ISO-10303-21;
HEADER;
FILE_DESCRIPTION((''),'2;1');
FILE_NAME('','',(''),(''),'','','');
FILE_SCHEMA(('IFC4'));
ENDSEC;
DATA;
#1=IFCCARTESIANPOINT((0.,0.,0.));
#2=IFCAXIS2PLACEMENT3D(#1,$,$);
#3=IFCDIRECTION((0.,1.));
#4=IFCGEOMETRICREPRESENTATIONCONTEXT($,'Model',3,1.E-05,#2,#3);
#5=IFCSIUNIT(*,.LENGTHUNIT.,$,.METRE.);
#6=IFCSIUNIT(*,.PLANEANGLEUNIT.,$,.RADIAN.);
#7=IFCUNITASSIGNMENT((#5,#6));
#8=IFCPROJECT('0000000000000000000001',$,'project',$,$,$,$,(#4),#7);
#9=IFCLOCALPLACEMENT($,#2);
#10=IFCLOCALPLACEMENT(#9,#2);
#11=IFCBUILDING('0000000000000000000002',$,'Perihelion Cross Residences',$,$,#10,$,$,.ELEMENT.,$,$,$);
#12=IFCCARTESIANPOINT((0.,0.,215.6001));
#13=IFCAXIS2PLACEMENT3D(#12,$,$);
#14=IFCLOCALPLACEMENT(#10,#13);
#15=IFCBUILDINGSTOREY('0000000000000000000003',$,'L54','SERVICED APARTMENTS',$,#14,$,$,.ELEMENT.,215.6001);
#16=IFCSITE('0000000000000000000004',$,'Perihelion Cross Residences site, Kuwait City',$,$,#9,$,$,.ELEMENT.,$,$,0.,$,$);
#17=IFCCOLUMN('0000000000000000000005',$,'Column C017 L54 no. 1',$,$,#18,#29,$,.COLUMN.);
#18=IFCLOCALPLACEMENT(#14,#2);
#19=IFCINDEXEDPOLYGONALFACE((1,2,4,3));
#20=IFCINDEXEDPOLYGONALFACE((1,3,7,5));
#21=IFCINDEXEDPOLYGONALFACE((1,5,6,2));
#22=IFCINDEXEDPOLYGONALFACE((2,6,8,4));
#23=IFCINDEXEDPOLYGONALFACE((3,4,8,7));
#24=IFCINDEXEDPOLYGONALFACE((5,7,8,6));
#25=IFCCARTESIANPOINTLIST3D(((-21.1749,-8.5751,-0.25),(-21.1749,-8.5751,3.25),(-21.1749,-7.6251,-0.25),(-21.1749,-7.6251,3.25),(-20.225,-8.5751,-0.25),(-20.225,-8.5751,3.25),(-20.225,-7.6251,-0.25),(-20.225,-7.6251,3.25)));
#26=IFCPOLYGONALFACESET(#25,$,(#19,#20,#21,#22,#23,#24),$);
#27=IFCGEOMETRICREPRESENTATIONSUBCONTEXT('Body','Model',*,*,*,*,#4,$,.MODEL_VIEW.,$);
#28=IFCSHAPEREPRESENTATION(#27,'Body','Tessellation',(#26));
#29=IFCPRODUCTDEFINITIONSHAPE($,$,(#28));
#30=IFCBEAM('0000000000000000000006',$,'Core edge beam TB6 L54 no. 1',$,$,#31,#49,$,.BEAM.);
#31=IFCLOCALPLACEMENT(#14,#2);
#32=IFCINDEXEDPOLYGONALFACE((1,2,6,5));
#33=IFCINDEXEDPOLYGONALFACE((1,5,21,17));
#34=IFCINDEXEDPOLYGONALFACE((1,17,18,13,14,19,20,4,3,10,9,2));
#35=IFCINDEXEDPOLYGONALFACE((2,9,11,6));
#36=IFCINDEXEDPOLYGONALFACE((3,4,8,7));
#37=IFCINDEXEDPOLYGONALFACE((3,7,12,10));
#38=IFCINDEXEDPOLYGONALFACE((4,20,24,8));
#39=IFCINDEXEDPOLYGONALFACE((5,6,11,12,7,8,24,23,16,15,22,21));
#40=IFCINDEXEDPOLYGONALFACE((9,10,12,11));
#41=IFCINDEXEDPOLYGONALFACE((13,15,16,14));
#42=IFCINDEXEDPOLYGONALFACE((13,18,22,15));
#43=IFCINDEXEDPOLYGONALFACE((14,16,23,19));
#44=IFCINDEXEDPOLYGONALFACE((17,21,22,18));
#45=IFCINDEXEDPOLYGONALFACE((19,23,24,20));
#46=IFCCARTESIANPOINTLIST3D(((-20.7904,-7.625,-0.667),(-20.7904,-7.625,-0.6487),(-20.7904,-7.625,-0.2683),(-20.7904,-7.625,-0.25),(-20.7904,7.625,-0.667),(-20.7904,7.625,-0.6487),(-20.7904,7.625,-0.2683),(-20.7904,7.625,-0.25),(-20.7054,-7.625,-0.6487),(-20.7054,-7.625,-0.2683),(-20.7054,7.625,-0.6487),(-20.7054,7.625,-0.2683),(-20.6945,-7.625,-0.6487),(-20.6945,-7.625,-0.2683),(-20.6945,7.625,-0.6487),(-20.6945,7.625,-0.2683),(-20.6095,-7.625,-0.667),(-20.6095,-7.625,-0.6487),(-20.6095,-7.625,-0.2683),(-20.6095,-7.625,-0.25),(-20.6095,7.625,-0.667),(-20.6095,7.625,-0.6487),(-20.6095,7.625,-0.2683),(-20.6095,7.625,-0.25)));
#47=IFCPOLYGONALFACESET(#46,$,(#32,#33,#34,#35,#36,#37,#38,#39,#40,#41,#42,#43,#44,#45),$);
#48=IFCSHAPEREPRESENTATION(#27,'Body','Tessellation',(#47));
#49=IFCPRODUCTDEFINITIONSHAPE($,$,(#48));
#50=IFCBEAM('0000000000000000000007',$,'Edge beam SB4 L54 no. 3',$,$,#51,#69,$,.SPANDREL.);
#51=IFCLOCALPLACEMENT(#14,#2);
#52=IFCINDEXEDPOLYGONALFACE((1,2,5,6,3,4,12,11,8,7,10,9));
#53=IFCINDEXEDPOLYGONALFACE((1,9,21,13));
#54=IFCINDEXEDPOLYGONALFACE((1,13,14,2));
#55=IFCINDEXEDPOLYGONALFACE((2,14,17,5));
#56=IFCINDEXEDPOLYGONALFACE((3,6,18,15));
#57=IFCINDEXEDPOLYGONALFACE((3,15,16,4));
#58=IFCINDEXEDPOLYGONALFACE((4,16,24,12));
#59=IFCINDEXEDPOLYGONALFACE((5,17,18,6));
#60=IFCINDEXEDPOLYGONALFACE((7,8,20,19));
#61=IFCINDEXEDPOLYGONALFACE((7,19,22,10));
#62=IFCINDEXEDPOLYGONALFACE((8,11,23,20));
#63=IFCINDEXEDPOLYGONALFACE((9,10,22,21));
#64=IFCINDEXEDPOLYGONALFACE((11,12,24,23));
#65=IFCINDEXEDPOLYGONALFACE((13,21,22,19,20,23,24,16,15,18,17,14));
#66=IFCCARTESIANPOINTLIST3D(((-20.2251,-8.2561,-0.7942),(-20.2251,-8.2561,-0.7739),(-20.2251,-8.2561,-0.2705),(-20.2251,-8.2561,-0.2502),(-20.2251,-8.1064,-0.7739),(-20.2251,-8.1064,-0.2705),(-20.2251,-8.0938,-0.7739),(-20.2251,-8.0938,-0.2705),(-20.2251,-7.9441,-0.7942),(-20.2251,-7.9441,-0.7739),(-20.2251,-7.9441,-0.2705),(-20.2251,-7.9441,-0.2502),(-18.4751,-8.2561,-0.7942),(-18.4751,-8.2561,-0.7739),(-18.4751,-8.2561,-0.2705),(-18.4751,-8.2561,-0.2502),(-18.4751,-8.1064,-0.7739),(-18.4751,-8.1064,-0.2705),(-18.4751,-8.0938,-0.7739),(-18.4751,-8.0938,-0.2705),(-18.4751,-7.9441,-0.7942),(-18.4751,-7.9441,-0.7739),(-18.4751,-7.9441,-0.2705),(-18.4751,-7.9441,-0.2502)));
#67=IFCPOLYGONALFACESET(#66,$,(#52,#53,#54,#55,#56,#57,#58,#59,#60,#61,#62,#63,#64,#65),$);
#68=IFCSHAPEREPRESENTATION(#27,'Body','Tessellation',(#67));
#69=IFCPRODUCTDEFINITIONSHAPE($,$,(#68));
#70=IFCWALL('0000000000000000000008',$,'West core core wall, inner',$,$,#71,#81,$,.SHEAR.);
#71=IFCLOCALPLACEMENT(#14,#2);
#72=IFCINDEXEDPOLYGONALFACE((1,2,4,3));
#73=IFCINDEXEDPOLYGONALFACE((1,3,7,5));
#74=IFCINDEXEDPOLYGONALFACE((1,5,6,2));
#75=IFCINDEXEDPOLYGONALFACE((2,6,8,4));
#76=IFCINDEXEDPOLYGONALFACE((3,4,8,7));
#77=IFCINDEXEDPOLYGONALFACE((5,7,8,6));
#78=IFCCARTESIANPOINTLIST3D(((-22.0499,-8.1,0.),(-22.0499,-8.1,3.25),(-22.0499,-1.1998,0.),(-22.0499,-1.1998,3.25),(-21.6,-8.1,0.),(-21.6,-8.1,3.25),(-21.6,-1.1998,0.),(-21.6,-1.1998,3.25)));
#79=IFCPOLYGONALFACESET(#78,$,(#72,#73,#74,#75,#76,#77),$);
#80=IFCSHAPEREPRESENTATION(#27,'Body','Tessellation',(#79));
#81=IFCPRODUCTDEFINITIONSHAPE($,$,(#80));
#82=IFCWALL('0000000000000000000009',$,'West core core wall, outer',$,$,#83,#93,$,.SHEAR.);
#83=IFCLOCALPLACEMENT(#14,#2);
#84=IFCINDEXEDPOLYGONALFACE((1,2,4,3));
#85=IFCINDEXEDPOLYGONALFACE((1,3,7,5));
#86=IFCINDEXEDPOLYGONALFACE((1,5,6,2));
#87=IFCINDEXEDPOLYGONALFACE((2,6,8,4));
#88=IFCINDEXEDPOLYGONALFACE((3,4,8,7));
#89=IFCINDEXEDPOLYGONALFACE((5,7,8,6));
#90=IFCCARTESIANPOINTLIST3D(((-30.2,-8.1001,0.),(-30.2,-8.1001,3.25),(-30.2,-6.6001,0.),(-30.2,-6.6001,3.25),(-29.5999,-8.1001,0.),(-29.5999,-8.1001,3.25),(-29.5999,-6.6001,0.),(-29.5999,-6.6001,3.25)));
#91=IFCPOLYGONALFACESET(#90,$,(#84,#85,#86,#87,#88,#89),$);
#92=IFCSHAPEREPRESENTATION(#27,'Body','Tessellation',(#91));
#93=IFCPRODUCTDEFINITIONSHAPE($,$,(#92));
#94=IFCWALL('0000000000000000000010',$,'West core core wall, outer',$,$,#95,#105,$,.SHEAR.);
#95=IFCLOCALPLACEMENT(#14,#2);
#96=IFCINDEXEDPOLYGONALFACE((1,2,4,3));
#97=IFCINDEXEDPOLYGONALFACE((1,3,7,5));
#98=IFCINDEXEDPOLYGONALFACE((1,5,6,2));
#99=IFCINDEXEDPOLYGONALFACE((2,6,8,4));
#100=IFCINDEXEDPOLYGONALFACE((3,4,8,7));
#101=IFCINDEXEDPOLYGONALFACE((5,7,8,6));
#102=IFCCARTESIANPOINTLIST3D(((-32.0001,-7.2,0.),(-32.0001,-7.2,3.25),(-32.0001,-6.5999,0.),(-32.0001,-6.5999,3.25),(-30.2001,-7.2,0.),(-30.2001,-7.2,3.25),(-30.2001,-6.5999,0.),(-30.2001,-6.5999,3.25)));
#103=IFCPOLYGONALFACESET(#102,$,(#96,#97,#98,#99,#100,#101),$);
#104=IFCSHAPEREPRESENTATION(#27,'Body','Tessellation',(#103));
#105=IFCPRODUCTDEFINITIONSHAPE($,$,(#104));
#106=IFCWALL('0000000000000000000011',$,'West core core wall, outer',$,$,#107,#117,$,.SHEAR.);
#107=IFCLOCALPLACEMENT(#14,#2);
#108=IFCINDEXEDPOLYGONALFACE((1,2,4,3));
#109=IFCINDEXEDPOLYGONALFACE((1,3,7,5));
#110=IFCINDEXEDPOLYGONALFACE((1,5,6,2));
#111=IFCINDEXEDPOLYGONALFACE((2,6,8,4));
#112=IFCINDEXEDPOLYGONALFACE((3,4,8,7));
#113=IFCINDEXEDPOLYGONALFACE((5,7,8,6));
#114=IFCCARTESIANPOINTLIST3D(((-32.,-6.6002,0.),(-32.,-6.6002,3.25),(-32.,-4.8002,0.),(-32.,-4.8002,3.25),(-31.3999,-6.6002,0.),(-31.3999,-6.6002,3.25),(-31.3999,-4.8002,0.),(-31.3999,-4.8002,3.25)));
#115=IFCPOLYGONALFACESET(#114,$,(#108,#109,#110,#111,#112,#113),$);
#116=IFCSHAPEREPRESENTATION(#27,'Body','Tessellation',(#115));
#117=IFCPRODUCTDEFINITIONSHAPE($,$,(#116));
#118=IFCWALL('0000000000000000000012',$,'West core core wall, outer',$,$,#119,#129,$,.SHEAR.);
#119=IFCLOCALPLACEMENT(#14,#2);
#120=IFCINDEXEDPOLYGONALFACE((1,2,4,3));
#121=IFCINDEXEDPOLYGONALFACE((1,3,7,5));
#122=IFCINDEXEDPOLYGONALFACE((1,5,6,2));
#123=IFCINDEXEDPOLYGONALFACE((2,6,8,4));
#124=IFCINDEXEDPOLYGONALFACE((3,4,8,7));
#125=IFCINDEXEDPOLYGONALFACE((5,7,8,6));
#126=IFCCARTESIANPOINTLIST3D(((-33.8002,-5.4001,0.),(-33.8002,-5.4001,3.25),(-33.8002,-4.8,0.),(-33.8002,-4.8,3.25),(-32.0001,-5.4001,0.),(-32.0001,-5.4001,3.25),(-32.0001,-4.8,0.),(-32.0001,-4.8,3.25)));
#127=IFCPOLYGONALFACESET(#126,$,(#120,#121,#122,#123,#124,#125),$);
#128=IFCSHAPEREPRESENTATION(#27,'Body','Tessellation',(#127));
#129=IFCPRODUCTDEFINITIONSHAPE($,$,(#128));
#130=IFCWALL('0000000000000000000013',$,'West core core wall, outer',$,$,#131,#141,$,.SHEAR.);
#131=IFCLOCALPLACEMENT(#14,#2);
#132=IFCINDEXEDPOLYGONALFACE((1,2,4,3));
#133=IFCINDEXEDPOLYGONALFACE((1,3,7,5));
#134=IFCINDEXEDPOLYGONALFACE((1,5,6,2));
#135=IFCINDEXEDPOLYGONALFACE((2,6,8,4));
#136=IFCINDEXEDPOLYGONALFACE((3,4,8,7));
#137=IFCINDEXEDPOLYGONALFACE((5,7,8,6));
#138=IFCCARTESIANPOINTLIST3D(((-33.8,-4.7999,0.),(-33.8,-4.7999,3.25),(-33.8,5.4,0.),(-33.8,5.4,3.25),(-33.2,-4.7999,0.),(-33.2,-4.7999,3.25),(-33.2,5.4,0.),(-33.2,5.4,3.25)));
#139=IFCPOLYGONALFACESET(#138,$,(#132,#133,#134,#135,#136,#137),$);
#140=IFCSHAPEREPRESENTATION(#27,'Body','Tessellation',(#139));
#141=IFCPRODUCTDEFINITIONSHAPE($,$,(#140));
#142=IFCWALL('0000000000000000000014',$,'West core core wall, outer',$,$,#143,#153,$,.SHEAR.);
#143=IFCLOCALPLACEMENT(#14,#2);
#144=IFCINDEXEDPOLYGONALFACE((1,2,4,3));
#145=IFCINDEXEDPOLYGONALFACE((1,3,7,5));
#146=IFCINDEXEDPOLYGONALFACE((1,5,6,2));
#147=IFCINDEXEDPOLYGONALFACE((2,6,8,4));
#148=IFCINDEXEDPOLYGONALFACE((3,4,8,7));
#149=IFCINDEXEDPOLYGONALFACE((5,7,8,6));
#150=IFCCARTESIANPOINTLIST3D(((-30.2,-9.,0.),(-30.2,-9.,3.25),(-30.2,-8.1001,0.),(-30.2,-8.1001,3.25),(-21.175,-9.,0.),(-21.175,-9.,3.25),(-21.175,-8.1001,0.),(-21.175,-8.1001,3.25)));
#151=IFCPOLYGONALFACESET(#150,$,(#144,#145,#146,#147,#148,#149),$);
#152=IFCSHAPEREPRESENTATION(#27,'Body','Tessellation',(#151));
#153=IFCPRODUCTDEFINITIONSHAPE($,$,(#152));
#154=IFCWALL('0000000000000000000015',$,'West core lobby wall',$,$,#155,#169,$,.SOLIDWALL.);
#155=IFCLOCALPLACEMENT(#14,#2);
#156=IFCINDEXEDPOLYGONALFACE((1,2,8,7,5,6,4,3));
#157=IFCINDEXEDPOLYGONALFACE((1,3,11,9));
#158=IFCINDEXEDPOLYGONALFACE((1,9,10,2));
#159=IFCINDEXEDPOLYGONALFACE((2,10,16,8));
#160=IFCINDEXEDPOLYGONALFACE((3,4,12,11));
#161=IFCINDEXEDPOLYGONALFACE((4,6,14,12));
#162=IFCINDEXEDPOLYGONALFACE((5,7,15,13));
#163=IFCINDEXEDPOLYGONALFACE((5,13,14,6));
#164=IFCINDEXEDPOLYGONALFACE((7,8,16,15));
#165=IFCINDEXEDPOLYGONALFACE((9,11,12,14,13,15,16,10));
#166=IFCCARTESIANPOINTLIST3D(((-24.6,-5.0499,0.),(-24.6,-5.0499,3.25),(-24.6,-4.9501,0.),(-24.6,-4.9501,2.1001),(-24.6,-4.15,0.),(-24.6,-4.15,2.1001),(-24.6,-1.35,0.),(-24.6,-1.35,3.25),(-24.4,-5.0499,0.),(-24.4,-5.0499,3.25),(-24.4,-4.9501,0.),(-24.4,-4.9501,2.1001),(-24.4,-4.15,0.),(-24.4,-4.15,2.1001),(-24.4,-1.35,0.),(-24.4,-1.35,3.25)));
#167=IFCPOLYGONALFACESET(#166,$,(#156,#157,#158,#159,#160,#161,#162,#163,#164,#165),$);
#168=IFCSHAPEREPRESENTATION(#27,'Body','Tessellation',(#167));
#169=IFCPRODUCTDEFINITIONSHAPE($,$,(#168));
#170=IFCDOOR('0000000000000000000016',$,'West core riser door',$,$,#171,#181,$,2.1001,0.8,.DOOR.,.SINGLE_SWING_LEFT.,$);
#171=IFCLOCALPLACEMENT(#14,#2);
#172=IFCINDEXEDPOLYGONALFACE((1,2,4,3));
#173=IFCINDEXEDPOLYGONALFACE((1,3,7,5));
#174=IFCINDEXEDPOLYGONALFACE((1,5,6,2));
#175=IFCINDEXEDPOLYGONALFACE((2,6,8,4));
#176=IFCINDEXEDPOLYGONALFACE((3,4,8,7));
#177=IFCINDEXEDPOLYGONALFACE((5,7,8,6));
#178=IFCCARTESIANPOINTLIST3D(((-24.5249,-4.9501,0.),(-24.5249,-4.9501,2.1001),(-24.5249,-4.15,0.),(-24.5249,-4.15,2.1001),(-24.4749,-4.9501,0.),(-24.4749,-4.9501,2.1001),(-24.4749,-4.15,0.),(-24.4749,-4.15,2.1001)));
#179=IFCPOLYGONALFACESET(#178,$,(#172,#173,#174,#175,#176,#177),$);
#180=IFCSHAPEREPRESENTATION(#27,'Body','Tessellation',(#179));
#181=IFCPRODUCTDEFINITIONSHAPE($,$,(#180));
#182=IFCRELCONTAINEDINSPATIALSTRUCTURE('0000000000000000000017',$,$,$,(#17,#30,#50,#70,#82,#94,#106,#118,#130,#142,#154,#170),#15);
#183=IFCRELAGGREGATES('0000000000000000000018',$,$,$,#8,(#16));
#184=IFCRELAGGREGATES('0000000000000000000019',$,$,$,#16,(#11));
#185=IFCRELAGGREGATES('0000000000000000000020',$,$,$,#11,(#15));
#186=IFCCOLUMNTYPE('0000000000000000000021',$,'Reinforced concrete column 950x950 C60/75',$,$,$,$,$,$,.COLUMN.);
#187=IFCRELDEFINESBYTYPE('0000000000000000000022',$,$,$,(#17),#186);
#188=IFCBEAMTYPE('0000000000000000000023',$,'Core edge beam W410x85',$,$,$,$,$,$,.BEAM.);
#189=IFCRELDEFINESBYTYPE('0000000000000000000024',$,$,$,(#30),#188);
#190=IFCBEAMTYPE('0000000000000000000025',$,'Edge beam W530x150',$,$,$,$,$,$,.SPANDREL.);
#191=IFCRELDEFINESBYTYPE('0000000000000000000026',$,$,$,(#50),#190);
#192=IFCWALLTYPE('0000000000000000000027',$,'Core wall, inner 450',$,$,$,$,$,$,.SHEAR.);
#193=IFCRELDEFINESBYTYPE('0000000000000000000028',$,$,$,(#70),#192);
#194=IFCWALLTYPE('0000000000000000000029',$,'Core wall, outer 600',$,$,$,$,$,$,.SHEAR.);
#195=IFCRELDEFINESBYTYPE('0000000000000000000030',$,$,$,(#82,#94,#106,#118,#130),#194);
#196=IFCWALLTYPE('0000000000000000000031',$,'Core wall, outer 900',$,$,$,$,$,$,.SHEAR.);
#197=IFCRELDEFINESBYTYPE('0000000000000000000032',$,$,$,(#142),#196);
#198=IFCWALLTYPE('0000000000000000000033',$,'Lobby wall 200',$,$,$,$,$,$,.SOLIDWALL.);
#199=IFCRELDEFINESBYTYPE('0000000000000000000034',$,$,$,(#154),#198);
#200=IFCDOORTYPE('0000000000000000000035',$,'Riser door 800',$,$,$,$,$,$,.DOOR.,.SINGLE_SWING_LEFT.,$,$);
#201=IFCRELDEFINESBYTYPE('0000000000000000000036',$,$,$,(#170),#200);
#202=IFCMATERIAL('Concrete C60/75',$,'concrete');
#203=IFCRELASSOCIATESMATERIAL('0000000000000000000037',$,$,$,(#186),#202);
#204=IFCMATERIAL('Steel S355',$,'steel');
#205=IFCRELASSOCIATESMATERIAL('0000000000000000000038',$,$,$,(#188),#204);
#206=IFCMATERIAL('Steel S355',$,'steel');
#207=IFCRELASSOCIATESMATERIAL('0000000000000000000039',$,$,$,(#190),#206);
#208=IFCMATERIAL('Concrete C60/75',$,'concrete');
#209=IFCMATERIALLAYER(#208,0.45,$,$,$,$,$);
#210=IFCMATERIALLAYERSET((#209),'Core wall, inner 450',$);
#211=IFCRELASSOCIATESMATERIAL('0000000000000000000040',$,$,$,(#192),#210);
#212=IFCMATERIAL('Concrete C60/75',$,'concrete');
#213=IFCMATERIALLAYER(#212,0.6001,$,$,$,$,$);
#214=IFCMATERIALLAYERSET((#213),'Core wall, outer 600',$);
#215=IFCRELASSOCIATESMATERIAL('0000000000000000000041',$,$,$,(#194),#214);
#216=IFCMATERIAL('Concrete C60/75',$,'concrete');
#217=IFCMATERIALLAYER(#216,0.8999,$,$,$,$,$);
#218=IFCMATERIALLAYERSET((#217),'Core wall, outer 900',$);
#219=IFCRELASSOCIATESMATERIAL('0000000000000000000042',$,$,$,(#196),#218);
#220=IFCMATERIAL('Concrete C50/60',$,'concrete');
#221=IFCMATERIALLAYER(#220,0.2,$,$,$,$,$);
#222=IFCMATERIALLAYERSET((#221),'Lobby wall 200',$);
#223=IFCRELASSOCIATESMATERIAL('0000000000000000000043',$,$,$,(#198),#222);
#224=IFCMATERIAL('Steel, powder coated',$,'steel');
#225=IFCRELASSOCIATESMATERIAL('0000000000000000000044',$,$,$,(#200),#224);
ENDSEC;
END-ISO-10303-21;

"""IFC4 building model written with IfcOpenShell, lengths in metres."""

from ifc_helpers import new_model, si_unit, direction, frame, frame_2d, origin, origin_2d, place, context, subcontext, project, spatial, rectangle, i_section, extrude, material, layer, layer_set, material_profile, profile_set, type_object, element, fill, save


model = new_model("IFC4")

# Units and contexts
model_context = context("Model", 3, precision=1e-05, world=origin(), true_north=direction((0.0, 1.0)))
body_context = subcontext(model_context, "Body", "Model", "MODEL_VIEW")
ifc_project = project(units=[si_unit("LENGTHUNIT", "METRE"), si_unit("PLANEANGLEUNIT", "RADIAN")], contexts=[model_context])

# Site, building, storey
site_placement = place(None, origin())
site = spatial("IfcSite", under=ifc_project, at=site_placement, Name="Perihelion Cross Residences site, Kuwait City", CompositionType="ELEMENT", RefElevation=0.0)
building_placement = place(site_placement, origin())
building = spatial("IfcBuilding", under=site, at=building_placement, Name="Perihelion Cross Residences", CompositionType="ELEMENT")
storey_placement = place(building_placement, frame((0.0, 0.0, 215.6001)))
storey = spatial("IfcBuildingStorey", under=building, at=storey_placement, Name="L54", Description="SERVICED APARTMENTS", CompositionType="ELEMENT", Elevation=215.6001)

# Column
ifc_material_1 = material(Name="Concrete C60/75", Category="concrete")
ifc_material_profile_1 = material_profile(ifc_material_1, rectangle(XDim=0.95, YDim=0.95, at=origin_2d()), Name="RC 950x950")
ifc_profile_set_1 = profile_set([ifc_material_profile_1], Name="Concrete C60/75")
column_type = type_object("IfcColumnType", Name="Reinforced concrete column 950x950 C60/75", PredefinedType="COLUMN", material=ifc_profile_set_1)
column_placement = place(storey_placement, frame((-20.7, -8.1001, -0.25), z_axis=(0.0, 0.0, 1.0), x_axis=(1.0, 0.0, 0.0)))
element("IfcColumn", 1, at=column_placement, inside=storey, type_object=column_type, Name="Column C017 L54 no. 1", PredefinedType="COLUMN", context=body_context, shape_type="SweptSolid", body=[
    extrude(rectangle(XDim=0.95, YDim=0.95, at=origin_2d()), origin(), (0.0, 0.0, 1.0), 3.5),
])

# Beams
ifc_material_2 = material(Name="Steel S355", Category="steel")
ifc_material_profile_2 = material_profile(ifc_material_2, i_section(OverallWidth=0.1809, OverallDepth=0.417, WebThickness=0.011, FlangeThickness=0.0183, at=origin_2d()), Name="W410x85")
ifc_profile_set_2 = profile_set([ifc_material_profile_2], Name="Steel S355")
beam_type_1 = type_object("IfcBeamType", Name="Core edge beam W410x85", PredefinedType="BEAM", material=ifc_profile_set_2)
beam_1_placement = place(storey_placement, frame((-20.7, -7.625, -0.4585), z_axis=(0.0, 1.0, 0.0), x_axis=(-1.0, 0.0, 0.0)))
element("IfcBeam", 2, at=beam_1_placement, inside=storey, type_object=beam_type_1, Name="Core edge beam TB6 L54 no. 1", PredefinedType="BEAM", context=body_context, shape_type="SweptSolid", body=[
    extrude(i_section(OverallWidth=0.1809, OverallDepth=0.417, WebThickness=0.011, FlangeThickness=0.0183, at=origin_2d()), origin(), (0.0, 0.0, 1.0), 15.25),
])
ifc_material_3 = material(Name="Steel S355", Category="steel")
ifc_material_profile_3 = material_profile(ifc_material_3, i_section(OverallWidth=0.312, OverallDepth=0.5439, WebThickness=0.0127, FlangeThickness=0.0203, at=origin_2d()), Name="W530x150")
ifc_profile_set_3 = profile_set([ifc_material_profile_3], Name="Steel S355")
beam_type_2 = type_object("IfcBeamType", Name="Edge beam W530x150", PredefinedType="SPANDREL", material=ifc_profile_set_3)
beam_2_placement = place(storey_placement, frame((-20.2251, -8.1001, -0.5222), z_axis=(1.0, 0.0, 0.0), x_axis=(0.0, 1.0, 0.0)))
element("IfcBeam", 3, at=beam_2_placement, inside=storey, type_object=beam_type_2, Name="Edge beam SB4 L54 no. 3", PredefinedType="SPANDREL", context=body_context, shape_type="SweptSolid", body=[
    extrude(i_section(OverallWidth=0.312, OverallDepth=0.5439, WebThickness=0.0127, FlangeThickness=0.0203, at=origin_2d()), origin(), (0.0, 0.0, 1.0), 1.75),
])

# Walls
ifc_material_4 = material(Name="Concrete C60/75", Category="concrete")
ifc_layer_1 = layer(ifc_material_4, 0.45)
ifc_layer_set_1 = layer_set([ifc_layer_1], Name="Core wall, inner 450")
wall_type_1 = type_object("IfcWallType", Name="Core wall, inner 450", PredefinedType="SHEAR", material=ifc_layer_set_1)
wall_1_placement = place(storey_placement, frame((-21.825, -8.1001, 0.0), z_axis=(0.0, 0.0, 1.0), x_axis=(0.0, 1.0, 0.0)))
element("IfcWall", 4, at=wall_1_placement, inside=storey, type_object=wall_type_1, Name="West core core wall, inner", PredefinedType="SHEAR", context=body_context, shape_type="SweptSolid", body=[
    extrude(rectangle(XDim=6.9001, YDim=0.45, at=frame_2d((3.4502, 0.0))), origin(), (0.0, 0.0, 1.0), 3.25),
])
ifc_material_5 = material(Name="Concrete C60/75", Category="concrete")
ifc_layer_2 = layer(ifc_material_5, 0.6001)
ifc_layer_set_2 = layer_set([ifc_layer_2], Name="Core wall, outer 600")
wall_type_2 = type_object("IfcWallType", Name="Core wall, outer 600", PredefinedType="SHEAR", material=ifc_layer_set_2)
wall_2_placement = place(storey_placement, frame((-29.8999, -8.1001, 0.0), z_axis=(0.0, 0.0, 1.0), x_axis=(0.0, 1.0, 0.0)))
element("IfcWall", 5, at=wall_2_placement, inside=storey, type_object=wall_type_2, Name="West core core wall, outer", PredefinedType="SHEAR", context=body_context, shape_type="SweptSolid", body=[
    extrude(rectangle(XDim=1.5, YDim=0.6001, at=frame_2d((0.75, 0.0))), origin(), (0.0, 0.0, 1.0), 3.25),
])
for number, where, z_axis, x_axis, name in (
    (6, (-32.0, -6.8999, 0.0), (0.0, 0.0, 1.0), (1.0, 0.0, 0.0), "West core core wall, outer"),
    (7, (-31.7, -6.6001, 0.0), (0.0, 0.0, 1.0), (0.0, 1.0, 0.0), "West core core wall, outer"),
    (8, (-33.8, -5.1001, 0.0), (0.0, 0.0, 1.0), (1.0, 0.0, 0.0), "West core core wall, outer"),
):
    element("IfcWall", number, at=place(storey_placement, frame(where, z_axis=z_axis, x_axis=x_axis)), inside=storey, type_object=wall_type_2, Name=name, PredefinedType="SHEAR", context=body_context, shape_type="SweptSolid", body=[
        extrude(rectangle(XDim=1.8, YDim=0.6001, at=frame_2d((0.8999, 0.0))), origin(), (0.0, 0.0, 1.0), 3.25),
    ])
wall_3_placement = place(storey_placement, frame((-33.5, -4.8, 0.0), z_axis=(0.0, 0.0, 1.0), x_axis=(0.0, 1.0, 0.0)))
element("IfcWall", 9, at=wall_3_placement, inside=storey, type_object=wall_type_2, Name="West core core wall, outer", PredefinedType="SHEAR", context=body_context, shape_type="SweptSolid", body=[
    extrude(rectangle(XDim=10.2, YDim=0.6001, at=frame_2d((5.1001, 0.0))), origin(), (0.0, 0.0, 1.0), 3.25),
])
ifc_material_6 = material(Name="Concrete C60/75", Category="concrete")
ifc_layer_3 = layer(ifc_material_6, 0.8999)
ifc_layer_set_3 = layer_set([ifc_layer_3], Name="Core wall, outer 900")
wall_type_3 = type_object("IfcWallType", Name="Core wall, outer 900", PredefinedType="SHEAR", material=ifc_layer_set_3)
wall_4_placement = place(storey_placement, frame((-30.2, -8.55, 0.0), z_axis=(0.0, 0.0, 1.0), x_axis=(1.0, 0.0, 0.0)))
element("IfcWall", 10, at=wall_4_placement, inside=storey, type_object=wall_type_3, Name="West core core wall, outer", PredefinedType="SHEAR", context=body_context, shape_type="SweptSolid", body=[
    extrude(rectangle(XDim=9.0249, YDim=0.8999, at=frame_2d((4.5125, 0.0))), origin(), (0.0, 0.0, 1.0), 3.25),
])

# Wall, opening, door
ifc_material_7 = material(Name="Concrete C50/60", Category="concrete")
ifc_layer_4 = layer(ifc_material_7, 0.2)
ifc_layer_set_4 = layer_set([ifc_layer_4], Name="Lobby wall 200")
wall_type_4 = type_object("IfcWallType", Name="Lobby wall 200", PredefinedType="SOLIDWALL", material=ifc_layer_set_4)
wall_5_placement = place(storey_placement, frame((-24.5, -5.05, 0.0), z_axis=(0.0, 0.0, 1.0), x_axis=(0.0, 1.0, 0.0)))
wall_5 = element("IfcWall", 11, at=wall_5_placement, inside=storey, type_object=wall_type_4, Name="West core lobby wall", PredefinedType="SOLIDWALL", context=body_context, shape_type="SweptSolid", body=[
    extrude(rectangle(XDim=3.7, YDim=0.2, at=frame_2d((1.8501, 0.0))), origin(), (0.0, 0.0, 1.0), 3.25),
])
opening_1_placement = place(wall_5_placement, frame((0.1001, 0.0, 0.0)))
opening_1 = element("IfcOpeningElement", 12, at=opening_1_placement, cuts=wall_5, PredefinedType="OPENING", context=body_context, shape_type="SweptSolid", body=[
    extrude(rectangle(XDim=0.8, YDim=2.1001, at=frame_2d((0.3999, 1.05))), frame((0.0, 0.1099, 0.0), z_axis=(0.0, -1.0, 0.0), x_axis=(1.0, 0.0, 0.0)), (0.0, 0.0, 1.0), 0.22),
])
ifc_material_8 = material(Name="Steel, powder coated", Category="steel")
door_type_1 = type_object("IfcDoorType", Name="Riser door 800", OperationType="SINGLE_SWING_LEFT", PredefinedType="DOOR", material=ifc_material_8)
door_1_placement = place(opening_1_placement, origin())
door_1 = element("IfcDoor", 13, at=door_1_placement, inside=storey, type_object=door_type_1, Name="West core riser door", OperationType="SINGLE_SWING_LEFT", OverallHeight=2.1001, OverallWidth=0.8, PredefinedType="DOOR", context=body_context, shape_type="SweptSolid", body=[
    extrude(rectangle(XDim=0.8, YDim=2.1001, at=frame_2d((0.3999, 1.05))), frame((0.0, 0.0249, 0.0), z_axis=(0.0, -1.0, 0.0), x_axis=(1.0, 0.0, 0.0)), (0.0, 0.0, 1.0), 0.05),
])
fill(opening_1, door_1)

save(model, "model.ifc")
